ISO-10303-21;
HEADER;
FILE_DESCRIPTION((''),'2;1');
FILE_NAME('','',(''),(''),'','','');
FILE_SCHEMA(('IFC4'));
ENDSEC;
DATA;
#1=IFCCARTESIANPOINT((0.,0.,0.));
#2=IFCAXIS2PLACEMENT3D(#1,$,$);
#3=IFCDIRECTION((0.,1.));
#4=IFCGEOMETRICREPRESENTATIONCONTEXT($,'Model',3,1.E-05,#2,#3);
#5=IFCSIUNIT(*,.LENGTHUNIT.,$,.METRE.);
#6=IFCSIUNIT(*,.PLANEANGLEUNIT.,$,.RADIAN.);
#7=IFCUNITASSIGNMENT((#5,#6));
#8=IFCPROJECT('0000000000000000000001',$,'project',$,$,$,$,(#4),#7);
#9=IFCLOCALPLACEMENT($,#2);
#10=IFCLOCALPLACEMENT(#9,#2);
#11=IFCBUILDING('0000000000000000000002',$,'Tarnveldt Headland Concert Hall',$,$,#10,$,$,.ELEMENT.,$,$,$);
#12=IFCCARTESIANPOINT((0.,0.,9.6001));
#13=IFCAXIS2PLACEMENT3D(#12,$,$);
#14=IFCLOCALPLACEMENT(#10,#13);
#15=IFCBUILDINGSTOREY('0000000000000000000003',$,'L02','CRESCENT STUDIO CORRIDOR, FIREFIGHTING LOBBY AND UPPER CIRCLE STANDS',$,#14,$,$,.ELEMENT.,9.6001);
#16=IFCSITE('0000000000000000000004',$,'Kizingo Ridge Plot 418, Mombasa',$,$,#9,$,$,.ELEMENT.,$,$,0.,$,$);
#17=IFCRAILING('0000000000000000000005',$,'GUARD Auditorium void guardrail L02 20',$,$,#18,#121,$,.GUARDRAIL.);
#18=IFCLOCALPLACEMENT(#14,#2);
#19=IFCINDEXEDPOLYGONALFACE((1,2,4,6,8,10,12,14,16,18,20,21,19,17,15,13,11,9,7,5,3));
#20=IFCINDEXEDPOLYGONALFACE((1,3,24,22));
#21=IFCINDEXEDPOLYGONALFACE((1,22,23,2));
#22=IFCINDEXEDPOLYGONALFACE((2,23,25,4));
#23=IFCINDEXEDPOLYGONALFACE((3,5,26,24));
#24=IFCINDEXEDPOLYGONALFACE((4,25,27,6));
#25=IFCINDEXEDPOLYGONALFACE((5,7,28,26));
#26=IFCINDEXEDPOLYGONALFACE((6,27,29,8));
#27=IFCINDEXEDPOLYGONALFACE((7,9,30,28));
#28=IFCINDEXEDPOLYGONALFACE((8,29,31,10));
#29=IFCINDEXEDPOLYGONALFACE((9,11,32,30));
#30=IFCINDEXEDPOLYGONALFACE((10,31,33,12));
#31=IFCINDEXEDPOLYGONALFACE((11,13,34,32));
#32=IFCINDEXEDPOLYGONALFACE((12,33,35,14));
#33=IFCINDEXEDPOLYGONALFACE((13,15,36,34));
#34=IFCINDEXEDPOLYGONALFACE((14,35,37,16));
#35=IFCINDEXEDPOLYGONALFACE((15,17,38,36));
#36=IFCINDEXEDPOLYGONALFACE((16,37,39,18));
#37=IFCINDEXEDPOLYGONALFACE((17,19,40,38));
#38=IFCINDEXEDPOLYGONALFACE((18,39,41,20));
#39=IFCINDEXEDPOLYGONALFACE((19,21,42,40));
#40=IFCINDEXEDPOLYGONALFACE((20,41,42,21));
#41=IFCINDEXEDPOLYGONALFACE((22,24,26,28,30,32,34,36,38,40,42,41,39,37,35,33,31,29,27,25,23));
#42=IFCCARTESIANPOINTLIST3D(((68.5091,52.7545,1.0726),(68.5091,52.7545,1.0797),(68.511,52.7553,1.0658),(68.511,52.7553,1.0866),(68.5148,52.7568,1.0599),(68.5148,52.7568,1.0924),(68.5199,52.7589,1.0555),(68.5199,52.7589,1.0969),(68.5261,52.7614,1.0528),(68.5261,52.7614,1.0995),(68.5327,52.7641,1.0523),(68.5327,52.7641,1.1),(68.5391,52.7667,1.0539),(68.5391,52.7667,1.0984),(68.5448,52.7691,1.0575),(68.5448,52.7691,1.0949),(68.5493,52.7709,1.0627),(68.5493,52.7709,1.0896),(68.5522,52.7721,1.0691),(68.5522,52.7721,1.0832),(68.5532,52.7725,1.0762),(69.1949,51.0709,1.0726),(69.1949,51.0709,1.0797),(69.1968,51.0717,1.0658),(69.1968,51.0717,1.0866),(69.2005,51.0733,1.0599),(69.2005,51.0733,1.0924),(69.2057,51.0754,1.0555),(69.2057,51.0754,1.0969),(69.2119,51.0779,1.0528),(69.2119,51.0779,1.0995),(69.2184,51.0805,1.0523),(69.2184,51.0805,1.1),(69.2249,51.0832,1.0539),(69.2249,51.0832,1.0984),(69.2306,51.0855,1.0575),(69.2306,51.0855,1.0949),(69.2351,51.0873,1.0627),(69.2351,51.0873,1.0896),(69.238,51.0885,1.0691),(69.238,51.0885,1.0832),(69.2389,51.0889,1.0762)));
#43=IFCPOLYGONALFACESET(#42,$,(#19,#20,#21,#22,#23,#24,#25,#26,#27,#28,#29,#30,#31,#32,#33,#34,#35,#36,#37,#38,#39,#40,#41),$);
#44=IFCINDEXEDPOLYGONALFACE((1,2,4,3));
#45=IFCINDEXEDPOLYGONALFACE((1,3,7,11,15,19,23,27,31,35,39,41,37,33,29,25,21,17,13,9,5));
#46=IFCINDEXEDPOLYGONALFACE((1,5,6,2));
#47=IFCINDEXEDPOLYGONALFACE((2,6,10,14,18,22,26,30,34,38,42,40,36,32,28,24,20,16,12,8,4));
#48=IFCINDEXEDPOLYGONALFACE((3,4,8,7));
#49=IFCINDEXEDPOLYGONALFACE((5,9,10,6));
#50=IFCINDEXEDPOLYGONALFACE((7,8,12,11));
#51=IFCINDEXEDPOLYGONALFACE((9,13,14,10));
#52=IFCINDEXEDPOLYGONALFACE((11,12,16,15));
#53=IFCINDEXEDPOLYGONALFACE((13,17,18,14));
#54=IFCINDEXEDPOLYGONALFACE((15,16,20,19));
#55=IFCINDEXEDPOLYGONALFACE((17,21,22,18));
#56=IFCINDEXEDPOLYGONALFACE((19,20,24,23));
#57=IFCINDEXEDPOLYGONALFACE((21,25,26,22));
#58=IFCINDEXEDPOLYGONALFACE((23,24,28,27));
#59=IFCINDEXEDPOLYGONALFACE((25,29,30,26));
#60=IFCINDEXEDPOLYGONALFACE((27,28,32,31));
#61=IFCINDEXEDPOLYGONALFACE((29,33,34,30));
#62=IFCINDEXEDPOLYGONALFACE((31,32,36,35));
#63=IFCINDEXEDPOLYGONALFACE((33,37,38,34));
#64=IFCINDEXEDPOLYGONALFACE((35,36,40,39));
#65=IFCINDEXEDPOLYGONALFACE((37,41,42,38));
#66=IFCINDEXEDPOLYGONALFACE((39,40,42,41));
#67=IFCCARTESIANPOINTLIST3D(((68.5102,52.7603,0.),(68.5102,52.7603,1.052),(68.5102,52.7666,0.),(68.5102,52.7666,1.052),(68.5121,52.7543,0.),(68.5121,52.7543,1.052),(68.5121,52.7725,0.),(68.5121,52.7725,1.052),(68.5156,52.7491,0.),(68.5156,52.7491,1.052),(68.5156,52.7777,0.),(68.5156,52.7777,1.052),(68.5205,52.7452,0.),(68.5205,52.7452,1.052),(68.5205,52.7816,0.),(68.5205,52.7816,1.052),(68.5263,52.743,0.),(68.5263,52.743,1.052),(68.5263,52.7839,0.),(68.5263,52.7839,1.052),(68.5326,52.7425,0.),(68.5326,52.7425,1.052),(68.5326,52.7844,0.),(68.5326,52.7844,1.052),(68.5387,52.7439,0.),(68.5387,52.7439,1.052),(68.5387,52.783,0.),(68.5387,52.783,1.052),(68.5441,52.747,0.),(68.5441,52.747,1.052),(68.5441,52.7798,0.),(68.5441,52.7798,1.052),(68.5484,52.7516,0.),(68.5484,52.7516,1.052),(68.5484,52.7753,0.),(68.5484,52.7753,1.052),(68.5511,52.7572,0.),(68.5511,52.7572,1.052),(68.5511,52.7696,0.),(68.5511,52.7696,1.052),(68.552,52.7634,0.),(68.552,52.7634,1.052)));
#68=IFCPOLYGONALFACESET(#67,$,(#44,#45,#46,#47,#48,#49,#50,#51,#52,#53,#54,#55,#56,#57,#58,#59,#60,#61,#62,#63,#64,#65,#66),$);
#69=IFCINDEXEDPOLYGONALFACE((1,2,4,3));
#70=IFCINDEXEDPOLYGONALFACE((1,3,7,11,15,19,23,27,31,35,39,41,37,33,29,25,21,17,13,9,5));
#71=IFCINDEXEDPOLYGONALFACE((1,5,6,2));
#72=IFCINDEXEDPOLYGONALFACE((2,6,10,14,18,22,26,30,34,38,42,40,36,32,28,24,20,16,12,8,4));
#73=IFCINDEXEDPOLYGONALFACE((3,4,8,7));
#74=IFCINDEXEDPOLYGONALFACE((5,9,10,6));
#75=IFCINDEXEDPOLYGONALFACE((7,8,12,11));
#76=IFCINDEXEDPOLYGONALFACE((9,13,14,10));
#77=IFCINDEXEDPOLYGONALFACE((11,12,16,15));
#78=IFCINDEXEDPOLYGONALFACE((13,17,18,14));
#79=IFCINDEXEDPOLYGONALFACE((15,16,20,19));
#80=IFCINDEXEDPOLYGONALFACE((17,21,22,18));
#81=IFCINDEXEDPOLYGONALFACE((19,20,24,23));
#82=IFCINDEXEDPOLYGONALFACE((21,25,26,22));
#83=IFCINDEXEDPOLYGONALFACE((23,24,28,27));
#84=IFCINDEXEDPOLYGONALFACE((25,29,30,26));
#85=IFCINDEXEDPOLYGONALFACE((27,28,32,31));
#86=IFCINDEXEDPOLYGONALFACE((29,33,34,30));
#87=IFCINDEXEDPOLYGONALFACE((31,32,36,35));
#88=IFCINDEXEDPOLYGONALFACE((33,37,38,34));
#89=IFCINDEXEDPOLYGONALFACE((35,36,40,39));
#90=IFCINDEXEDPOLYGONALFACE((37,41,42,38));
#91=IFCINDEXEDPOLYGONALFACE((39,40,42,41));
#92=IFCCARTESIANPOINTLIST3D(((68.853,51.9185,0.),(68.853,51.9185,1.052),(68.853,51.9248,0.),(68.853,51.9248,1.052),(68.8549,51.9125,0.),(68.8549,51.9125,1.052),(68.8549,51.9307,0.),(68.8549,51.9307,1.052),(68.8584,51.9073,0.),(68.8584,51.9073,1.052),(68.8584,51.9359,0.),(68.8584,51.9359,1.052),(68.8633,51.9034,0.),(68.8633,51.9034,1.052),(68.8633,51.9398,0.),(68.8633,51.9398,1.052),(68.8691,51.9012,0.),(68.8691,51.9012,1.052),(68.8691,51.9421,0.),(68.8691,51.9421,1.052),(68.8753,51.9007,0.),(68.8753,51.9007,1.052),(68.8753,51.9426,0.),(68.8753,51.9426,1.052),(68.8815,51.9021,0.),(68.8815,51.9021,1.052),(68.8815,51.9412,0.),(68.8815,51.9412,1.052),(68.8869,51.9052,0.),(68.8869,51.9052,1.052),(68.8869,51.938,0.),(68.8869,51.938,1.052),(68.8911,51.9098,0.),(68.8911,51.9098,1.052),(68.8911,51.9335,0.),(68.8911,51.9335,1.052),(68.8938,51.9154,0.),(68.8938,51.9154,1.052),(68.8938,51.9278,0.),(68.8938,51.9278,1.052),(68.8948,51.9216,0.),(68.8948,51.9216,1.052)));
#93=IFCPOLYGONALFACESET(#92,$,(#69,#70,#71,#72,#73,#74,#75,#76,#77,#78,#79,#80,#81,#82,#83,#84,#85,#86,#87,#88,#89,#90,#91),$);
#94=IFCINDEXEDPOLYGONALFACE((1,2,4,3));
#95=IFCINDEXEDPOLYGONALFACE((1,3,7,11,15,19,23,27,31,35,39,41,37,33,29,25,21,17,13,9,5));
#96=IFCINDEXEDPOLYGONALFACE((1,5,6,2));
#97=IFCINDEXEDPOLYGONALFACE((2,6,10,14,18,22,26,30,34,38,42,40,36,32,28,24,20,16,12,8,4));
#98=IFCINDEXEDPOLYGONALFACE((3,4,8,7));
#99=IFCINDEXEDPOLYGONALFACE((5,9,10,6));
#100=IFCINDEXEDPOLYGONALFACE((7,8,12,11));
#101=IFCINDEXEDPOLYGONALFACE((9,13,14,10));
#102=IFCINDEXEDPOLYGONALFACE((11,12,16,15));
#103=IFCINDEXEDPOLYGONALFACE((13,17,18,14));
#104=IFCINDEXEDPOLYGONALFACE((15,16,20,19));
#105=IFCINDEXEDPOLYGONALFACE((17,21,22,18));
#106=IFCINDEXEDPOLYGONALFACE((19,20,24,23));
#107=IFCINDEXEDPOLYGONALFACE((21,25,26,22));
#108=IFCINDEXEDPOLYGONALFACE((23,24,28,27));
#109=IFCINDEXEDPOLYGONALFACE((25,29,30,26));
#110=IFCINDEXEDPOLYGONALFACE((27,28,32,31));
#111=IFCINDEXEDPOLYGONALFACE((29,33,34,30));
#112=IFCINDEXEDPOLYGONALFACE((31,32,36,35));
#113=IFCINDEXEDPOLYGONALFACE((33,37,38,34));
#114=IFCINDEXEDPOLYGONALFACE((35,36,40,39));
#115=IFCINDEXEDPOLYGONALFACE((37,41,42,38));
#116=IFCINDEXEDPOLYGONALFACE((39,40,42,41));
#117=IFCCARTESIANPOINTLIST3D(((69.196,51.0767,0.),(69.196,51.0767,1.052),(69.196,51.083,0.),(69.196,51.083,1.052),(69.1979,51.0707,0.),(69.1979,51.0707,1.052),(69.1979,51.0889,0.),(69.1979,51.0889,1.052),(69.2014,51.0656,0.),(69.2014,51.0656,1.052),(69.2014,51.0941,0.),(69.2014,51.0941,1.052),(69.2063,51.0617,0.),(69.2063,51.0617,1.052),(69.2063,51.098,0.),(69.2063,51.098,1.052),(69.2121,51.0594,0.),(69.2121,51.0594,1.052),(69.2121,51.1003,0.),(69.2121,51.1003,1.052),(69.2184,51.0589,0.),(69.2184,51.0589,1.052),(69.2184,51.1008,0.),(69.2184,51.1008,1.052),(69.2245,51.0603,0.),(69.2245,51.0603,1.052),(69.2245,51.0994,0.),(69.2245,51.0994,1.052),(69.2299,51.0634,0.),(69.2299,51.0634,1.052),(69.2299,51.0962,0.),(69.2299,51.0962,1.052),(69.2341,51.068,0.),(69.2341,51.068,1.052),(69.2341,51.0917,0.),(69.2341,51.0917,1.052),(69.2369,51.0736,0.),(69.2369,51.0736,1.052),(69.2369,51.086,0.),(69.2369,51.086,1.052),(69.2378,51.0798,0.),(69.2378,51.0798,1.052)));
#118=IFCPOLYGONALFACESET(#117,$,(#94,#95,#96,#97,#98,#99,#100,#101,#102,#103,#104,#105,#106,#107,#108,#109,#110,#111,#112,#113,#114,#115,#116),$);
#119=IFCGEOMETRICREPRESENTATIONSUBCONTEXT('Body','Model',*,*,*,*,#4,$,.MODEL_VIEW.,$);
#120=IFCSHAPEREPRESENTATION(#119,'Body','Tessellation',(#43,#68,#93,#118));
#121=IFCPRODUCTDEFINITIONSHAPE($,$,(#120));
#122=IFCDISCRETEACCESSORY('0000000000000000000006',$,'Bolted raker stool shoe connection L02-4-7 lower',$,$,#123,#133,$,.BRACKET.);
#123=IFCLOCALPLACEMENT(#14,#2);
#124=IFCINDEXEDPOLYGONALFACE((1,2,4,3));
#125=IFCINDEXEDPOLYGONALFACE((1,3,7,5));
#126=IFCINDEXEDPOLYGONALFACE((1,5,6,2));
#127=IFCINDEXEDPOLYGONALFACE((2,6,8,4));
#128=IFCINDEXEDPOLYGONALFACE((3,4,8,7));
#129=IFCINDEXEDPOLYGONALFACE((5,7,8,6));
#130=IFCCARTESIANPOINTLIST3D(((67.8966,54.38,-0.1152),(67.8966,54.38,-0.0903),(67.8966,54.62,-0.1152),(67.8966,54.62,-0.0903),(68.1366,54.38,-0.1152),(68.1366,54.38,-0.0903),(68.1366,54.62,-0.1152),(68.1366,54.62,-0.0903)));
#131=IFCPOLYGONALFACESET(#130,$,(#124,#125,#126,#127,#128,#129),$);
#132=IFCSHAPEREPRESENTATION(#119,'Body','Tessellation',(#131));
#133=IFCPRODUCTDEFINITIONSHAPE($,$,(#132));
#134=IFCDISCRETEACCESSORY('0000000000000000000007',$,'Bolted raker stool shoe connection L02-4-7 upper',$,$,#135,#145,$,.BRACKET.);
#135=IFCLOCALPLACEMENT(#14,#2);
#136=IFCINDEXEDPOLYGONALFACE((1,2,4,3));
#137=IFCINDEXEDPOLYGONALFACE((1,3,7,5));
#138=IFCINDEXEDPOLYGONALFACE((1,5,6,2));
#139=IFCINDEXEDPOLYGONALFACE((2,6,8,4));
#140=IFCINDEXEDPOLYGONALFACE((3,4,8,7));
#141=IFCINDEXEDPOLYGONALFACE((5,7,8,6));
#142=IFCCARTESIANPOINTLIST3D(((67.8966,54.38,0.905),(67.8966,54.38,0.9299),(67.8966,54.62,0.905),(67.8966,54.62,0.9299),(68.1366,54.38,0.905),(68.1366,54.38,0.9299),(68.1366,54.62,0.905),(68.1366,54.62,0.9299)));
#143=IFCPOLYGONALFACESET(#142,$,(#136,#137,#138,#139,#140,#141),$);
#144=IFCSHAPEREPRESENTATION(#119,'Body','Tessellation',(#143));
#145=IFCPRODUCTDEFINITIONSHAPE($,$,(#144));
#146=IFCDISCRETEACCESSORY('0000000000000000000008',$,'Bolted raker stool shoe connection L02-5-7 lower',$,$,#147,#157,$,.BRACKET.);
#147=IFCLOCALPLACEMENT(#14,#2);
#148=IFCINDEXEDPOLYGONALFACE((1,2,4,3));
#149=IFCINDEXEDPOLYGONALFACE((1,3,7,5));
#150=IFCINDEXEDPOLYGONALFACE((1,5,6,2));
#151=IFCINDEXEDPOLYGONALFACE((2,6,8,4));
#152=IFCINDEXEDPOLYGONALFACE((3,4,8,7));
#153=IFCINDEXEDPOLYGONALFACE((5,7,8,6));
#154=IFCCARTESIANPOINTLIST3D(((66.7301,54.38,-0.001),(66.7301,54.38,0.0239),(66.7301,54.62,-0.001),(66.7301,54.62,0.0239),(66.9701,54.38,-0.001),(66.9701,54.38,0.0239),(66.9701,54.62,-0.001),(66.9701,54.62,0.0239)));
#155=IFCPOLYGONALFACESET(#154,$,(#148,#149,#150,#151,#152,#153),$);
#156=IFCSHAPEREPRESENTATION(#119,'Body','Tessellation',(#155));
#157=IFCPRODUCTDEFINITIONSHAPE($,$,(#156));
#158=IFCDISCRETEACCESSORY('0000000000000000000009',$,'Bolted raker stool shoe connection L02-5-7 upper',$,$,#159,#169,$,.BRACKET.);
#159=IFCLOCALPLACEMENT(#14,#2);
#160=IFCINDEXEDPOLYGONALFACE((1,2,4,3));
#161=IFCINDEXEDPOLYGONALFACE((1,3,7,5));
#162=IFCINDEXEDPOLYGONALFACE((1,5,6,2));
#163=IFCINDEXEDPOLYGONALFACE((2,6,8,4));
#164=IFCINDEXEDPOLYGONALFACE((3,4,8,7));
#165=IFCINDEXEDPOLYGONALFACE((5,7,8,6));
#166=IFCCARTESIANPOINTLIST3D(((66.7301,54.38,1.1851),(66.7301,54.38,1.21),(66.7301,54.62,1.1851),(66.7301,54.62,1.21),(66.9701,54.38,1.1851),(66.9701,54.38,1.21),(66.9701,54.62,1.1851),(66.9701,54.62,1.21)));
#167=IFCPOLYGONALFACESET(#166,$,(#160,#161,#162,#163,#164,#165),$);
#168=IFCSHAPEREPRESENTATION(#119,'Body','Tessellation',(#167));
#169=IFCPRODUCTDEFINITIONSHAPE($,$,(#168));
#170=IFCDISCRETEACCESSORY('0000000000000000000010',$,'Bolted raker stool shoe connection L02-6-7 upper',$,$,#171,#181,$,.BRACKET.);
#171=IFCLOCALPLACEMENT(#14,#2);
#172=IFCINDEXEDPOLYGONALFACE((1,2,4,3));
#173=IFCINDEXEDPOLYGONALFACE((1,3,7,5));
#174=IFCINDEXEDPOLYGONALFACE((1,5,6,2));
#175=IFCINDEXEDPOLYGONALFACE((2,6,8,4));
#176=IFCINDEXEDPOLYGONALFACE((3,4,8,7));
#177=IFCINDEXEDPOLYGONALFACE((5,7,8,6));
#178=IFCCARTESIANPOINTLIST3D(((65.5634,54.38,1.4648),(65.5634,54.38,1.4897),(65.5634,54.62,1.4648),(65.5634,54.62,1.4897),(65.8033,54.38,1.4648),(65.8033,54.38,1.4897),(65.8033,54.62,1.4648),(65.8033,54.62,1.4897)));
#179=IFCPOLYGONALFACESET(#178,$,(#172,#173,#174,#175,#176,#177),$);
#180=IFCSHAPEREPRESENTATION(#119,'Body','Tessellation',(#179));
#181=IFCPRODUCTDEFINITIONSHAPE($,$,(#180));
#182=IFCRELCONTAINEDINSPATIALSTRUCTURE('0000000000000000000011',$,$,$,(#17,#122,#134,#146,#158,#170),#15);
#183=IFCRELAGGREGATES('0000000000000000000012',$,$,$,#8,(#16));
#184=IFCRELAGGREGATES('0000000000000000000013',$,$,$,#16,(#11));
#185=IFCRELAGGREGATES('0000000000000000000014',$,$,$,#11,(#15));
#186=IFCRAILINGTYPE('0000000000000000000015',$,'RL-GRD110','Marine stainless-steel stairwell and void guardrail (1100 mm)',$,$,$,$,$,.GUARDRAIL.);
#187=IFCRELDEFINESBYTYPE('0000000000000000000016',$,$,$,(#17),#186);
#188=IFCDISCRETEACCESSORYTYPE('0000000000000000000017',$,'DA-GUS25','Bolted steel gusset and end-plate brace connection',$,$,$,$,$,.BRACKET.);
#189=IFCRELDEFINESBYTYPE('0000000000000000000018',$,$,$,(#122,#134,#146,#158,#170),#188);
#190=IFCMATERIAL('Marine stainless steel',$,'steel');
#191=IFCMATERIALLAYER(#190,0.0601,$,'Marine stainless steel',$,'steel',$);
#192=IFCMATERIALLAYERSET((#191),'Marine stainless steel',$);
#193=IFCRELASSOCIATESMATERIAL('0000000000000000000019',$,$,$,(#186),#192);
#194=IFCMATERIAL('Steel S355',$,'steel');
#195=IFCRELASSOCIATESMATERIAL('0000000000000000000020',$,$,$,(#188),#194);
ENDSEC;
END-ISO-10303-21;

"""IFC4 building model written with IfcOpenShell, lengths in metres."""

from ifc_helpers import new_model, si_unit, direction, frame, origin, origin_2d, place, context, subcontext, project, spatial, rectangle, circle, extrude, material, layer, layer_set, type_object, element, save


model = new_model("IFC4")

# Units and contexts
model_context = context("Model", 3, precision=1e-05, world=origin(), true_north=direction((0.0, 1.0)))
body_context = subcontext(model_context, "Body", "Model", "MODEL_VIEW")
ifc_project = project(units=[si_unit("LENGTHUNIT", "METRE"), si_unit("PLANEANGLEUNIT", "RADIAN")], contexts=[model_context])

# Site, building, storey
site_placement = place(None, origin())
site = spatial("IfcSite", under=ifc_project, at=site_placement, Name="Kizingo Ridge Plot 418, Mombasa", CompositionType="ELEMENT", RefElevation=0.0)
building_placement = place(site_placement, origin())
building = spatial("IfcBuilding", under=site, at=building_placement, Name="Tarnveldt Headland Concert Hall", CompositionType="ELEMENT")
storey_placement = place(building_placement, frame((0.0, 0.0, 9.6001)))
storey = spatial("IfcBuildingStorey", under=building, at=storey_placement, Name="L02", Description="CRESCENT STUDIO CORRIDOR, FIREFIGHTING LOBBY AND UPPER CIRCLE STANDS", CompositionType="ELEMENT", Elevation=9.6001)

# Shared definitions
ifc_material_1 = material(Name="Steel S355", Category="steel")

# Railing
ifc_material_2 = material(Name="Marine stainless steel", Category="steel")
ifc_layer_1 = layer(ifc_material_2, 0.0601, Name="Marine stainless steel", Category="steel")
ifc_layer_set_1 = layer_set([ifc_layer_1], Name="Marine stainless steel")
railing_type = type_object("IfcRailingType", Name="RL-GRD110", Description="Marine stainless-steel stairwell and void guardrail (1100 mm)", PredefinedType="GUARDRAIL", material=ifc_layer_set_1)
railing_1_placement = place(storey_placement, frame((68.531, 52.7634, 0.0)))
element("IfcRailing", 1, at=railing_1_placement, inside=storey, type_object=railing_type, Name="GUARD Auditorium void guardrail L02 20", PredefinedType="GUARDRAIL", context=body_context, shape_type="SweptSolid", body=[
    extrude(circle(Radius=0.0239, at=origin_2d()), frame((0.0, 0.0, 1.0762), z_axis=(0.377241, -0.926115, 0.0), x_axis=(0.926115, 0.377241, 0.0)), (0.0, 0.0, 1.0), 1.8179),
    extrude(circle(Radius=0.021, at=origin_2d()), origin(), (0.0, 0.0, 1.0), 1.052),
    extrude(circle(Radius=0.021, at=origin_2d()), frame((0.3428, -0.8418, 0.0)), (0.0, 0.0, 1.0), 1.052),
    extrude(circle(Radius=0.021, at=origin_2d()), frame((0.6858, -1.6836, 0.0)), (0.0, 0.0, 1.0), 1.052),
])

# Discrete accessories
discrete_accessory_type = type_object("IfcDiscreteAccessoryType", Name="DA-GUS25", Description="Bolted steel gusset and end-plate brace connection", PredefinedType="BRACKET", material=ifc_material_1)
for number, where, z_axis, x_axis, name in (
    (2, (68.0166, 54.5, -0.1152), (0.0, 0.0, 1.0), (1.0, 0.0, 0.0), "Bolted raker stool shoe connection L02-4-7 lower"),
    (3, (68.0166, 54.5, 0.905), (0.0, 0.0, 1.0), (1.0, 0.0, 0.0), "Bolted raker stool shoe connection L02-4-7 upper"),
    (4, (66.8501, 54.5, -0.001), (0.0, 0.0, 1.0), (1.0, 0.0, 0.0), "Bolted raker stool shoe connection L02-5-7 lower"),
    (5, (66.8501, 54.5, 1.1851), (0.0, 0.0, 1.0), (1.0, 0.0, 0.0), "Bolted raker stool shoe connection L02-5-7 upper"),
    (6, (65.6833, 54.5, 1.4648), (0.0, 0.0, 1.0), (1.0, 0.0, 0.0), "Bolted raker stool shoe connection L02-6-7 upper"),
):
    element("IfcDiscreteAccessory", number, at=place(storey_placement, frame(where, z_axis=z_axis, x_axis=x_axis)), inside=storey, type_object=discrete_accessory_type, Name=name, PredefinedType="BRACKET", context=body_context, shape_type="SweptSolid", body=[
        extrude(rectangle(XDim=0.24, YDim=0.24, at=origin_2d()), origin(), (0.0, 0.0, 1.0), 0.0249),
    ])

save(model, "model.ifc")
